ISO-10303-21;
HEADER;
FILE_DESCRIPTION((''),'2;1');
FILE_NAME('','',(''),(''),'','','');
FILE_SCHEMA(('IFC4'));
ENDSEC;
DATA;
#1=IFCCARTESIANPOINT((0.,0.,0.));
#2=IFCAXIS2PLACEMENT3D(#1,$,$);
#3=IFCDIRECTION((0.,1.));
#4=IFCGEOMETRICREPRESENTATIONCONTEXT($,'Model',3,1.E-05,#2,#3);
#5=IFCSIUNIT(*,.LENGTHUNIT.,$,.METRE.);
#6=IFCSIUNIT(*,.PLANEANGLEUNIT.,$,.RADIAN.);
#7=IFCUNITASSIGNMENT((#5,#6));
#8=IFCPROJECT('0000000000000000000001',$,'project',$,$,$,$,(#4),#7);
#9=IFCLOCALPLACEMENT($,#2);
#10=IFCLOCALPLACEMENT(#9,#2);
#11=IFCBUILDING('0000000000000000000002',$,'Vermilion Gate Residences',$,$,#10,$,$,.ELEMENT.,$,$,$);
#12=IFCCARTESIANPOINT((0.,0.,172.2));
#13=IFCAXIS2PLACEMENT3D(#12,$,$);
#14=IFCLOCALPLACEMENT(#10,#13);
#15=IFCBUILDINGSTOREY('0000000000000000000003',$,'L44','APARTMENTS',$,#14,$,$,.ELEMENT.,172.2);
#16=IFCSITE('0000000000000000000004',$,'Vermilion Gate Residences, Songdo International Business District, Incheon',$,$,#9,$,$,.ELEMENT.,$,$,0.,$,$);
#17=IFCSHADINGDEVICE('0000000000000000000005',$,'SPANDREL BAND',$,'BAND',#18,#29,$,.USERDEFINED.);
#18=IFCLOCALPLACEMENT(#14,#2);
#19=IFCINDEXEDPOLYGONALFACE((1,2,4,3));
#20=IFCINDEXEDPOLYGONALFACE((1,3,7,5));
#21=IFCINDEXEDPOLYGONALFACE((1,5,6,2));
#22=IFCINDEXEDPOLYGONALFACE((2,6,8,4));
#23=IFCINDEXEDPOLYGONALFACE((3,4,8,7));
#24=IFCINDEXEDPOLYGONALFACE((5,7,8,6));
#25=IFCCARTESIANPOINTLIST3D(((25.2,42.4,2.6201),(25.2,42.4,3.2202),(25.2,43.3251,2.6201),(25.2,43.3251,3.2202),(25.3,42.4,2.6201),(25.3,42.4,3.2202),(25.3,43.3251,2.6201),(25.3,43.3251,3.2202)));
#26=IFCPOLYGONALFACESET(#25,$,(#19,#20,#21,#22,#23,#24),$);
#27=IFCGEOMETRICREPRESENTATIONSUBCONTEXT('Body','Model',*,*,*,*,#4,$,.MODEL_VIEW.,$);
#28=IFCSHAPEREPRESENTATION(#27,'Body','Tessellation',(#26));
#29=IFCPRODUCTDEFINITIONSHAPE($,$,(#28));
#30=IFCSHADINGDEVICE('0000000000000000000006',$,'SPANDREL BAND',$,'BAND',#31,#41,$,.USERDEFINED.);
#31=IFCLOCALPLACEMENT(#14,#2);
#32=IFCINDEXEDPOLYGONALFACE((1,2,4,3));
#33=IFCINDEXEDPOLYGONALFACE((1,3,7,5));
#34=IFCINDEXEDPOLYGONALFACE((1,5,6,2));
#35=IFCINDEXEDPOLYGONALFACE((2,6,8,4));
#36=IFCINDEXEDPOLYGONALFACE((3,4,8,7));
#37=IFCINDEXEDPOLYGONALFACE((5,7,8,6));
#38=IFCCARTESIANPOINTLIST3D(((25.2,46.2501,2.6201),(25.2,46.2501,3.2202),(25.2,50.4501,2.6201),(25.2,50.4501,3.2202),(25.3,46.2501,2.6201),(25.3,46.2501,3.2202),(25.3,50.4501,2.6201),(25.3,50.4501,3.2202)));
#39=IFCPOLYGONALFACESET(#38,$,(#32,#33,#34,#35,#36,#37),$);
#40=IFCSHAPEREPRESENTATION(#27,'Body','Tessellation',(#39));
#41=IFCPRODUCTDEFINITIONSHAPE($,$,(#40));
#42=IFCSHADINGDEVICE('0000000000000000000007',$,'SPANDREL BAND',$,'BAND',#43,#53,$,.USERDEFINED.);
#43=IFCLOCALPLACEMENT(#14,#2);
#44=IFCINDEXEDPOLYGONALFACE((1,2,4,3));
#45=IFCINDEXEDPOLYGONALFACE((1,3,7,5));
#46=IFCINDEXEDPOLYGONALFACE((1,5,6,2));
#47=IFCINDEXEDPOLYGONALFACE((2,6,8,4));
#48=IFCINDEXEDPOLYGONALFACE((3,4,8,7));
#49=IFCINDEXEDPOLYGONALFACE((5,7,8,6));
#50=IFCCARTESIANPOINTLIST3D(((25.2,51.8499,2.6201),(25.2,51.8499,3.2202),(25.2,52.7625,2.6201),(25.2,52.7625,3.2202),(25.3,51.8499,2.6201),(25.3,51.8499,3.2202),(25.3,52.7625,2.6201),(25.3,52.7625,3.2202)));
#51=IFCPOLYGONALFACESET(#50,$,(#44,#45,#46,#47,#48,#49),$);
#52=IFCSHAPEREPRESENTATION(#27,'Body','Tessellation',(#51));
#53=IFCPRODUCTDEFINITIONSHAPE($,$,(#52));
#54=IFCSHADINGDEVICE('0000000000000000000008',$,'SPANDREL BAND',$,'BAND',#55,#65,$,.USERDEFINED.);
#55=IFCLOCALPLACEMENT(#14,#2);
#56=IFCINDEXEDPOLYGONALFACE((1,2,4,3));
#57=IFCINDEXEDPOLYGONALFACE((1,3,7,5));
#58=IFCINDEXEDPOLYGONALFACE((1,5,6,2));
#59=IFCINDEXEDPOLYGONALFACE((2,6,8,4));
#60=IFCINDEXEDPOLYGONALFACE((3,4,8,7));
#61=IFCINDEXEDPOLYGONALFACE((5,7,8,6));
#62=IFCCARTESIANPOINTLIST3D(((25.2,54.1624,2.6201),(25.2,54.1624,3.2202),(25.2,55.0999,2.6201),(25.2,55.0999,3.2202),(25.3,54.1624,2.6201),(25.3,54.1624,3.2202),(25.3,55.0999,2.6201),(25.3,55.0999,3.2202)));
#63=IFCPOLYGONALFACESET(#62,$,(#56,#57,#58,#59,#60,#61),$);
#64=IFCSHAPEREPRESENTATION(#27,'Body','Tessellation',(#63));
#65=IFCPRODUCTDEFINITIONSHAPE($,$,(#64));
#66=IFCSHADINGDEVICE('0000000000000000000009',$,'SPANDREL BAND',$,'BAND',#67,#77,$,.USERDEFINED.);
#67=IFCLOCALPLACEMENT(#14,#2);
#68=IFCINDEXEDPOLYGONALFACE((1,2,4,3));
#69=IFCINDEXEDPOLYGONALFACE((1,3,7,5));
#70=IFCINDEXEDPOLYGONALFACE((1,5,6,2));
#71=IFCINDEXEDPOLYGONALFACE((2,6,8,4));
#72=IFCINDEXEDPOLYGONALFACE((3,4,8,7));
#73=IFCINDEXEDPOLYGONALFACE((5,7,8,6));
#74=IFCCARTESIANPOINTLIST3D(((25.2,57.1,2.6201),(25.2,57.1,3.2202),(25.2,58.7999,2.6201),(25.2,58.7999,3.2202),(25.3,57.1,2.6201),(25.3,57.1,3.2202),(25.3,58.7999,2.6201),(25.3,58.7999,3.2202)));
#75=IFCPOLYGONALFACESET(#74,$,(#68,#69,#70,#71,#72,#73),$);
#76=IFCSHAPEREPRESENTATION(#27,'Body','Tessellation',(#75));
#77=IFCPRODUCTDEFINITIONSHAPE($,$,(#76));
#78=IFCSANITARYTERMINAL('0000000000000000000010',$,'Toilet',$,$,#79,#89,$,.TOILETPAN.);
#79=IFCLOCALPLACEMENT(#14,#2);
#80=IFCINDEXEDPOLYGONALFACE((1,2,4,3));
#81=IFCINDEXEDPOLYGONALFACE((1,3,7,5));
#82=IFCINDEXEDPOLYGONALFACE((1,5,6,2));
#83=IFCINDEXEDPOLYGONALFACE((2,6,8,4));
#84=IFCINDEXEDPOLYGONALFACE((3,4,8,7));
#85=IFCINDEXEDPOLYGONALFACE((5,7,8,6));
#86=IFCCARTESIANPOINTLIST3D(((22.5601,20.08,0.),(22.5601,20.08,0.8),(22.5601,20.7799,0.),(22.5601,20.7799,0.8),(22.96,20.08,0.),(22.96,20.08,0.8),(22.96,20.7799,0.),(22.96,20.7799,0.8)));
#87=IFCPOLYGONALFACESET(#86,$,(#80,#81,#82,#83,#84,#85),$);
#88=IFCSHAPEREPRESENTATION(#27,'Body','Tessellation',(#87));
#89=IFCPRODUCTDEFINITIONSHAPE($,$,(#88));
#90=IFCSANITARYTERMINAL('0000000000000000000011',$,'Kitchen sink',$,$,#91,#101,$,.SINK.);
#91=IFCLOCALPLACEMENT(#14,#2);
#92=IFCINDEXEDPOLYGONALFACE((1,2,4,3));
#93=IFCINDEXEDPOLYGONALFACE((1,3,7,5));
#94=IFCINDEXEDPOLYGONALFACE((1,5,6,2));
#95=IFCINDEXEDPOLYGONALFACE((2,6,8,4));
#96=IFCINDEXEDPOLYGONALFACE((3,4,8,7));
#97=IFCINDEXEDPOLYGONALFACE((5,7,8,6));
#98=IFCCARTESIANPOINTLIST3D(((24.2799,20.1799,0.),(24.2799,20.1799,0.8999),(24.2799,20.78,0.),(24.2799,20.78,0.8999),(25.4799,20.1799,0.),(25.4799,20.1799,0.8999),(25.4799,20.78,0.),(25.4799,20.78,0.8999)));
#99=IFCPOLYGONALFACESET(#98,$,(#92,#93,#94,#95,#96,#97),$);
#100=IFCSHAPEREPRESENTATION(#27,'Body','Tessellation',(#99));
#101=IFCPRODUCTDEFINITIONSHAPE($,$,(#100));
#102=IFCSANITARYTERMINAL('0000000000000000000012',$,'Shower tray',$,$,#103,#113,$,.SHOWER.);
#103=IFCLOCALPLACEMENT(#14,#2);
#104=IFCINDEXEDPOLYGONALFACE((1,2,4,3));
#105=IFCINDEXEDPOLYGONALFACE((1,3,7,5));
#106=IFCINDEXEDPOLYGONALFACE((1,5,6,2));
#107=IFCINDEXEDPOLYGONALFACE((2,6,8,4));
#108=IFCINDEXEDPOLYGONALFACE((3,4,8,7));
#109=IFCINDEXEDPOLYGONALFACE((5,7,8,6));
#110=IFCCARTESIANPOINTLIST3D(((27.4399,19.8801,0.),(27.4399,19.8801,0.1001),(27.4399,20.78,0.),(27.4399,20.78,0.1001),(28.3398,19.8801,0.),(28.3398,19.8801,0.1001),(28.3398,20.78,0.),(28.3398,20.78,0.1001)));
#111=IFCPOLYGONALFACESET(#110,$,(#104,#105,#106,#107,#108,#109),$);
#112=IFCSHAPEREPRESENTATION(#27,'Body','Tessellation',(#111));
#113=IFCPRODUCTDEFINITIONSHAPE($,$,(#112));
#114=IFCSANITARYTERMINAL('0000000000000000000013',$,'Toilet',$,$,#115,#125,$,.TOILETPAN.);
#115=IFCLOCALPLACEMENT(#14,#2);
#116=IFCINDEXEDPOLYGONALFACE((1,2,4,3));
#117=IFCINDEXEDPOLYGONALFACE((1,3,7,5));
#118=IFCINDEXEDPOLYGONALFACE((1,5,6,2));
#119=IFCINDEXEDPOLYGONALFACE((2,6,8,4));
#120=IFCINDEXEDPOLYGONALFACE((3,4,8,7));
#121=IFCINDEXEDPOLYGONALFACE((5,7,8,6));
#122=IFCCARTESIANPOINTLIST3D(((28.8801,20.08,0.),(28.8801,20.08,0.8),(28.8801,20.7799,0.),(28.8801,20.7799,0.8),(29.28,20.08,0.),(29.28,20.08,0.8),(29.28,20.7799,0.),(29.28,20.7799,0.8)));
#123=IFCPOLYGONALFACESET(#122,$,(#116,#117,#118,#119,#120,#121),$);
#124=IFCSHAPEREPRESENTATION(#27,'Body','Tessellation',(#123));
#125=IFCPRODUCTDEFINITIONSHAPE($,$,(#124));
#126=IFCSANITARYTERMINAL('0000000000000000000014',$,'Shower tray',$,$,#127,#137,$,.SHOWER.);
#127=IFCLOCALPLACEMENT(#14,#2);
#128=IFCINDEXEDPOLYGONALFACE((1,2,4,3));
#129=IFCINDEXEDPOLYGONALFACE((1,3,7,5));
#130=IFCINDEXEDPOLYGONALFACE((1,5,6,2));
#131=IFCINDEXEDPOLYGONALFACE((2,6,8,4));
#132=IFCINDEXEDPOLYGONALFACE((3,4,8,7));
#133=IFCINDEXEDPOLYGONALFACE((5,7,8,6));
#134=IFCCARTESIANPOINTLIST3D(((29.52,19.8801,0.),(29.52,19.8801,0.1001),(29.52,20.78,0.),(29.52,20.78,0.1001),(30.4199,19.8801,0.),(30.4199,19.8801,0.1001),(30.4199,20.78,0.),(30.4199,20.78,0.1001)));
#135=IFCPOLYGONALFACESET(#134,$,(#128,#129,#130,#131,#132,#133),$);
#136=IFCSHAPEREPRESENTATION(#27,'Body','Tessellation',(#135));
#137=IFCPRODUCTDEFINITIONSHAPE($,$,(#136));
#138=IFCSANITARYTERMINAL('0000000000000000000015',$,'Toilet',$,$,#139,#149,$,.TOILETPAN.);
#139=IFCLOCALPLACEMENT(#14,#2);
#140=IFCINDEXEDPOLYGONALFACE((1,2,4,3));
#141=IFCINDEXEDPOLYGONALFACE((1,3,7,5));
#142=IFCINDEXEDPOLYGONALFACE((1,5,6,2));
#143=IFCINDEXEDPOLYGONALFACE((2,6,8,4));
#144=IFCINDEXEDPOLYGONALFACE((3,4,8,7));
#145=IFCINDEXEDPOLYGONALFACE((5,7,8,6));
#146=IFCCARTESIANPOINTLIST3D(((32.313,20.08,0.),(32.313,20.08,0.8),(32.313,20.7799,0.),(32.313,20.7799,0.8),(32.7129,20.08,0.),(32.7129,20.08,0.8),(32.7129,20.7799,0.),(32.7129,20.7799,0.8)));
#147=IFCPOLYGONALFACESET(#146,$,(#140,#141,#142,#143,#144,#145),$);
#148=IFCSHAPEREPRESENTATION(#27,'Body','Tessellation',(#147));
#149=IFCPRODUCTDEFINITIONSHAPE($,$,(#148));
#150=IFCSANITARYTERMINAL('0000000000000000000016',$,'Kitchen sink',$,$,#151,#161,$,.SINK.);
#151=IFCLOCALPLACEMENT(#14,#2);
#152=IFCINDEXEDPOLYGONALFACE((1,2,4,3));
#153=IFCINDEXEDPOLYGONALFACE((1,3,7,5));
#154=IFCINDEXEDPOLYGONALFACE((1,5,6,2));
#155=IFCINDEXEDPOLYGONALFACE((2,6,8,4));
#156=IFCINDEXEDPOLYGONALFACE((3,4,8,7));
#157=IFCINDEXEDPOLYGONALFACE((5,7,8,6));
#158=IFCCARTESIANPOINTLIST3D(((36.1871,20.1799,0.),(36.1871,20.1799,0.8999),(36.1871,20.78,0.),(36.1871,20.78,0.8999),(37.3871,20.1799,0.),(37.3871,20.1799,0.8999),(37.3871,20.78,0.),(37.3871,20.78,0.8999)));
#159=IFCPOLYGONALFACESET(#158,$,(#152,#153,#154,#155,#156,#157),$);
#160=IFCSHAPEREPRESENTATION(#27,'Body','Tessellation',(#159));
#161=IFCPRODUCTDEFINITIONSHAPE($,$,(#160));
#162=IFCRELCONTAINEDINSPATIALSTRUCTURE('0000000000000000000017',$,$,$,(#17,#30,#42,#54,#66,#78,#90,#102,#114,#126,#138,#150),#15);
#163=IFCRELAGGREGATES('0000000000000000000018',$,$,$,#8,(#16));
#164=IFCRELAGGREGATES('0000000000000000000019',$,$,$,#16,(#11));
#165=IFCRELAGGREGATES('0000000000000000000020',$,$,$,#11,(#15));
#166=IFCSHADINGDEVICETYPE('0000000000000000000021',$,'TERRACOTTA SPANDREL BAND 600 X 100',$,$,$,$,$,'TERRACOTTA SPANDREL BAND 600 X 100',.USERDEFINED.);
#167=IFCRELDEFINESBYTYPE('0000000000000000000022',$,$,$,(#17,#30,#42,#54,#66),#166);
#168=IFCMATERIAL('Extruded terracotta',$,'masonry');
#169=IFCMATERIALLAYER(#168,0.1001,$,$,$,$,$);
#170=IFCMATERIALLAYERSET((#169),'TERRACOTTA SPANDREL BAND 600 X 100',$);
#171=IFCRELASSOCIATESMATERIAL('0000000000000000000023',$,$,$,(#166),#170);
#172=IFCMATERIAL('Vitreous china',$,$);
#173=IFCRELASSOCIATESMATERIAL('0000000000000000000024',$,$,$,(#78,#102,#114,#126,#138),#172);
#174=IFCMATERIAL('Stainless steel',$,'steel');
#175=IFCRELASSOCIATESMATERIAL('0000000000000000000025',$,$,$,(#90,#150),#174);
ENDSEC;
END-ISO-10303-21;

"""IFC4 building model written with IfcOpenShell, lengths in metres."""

from ifc_helpers import new_model, si_unit, direction, frame, origin, origin_2d, place, context, subcontext, project, spatial, rectangle, extrude, material, layer, layer_set, type_object, element, save


model = new_model("IFC4")

# Units and contexts
model_context = context("Model", 3, precision=1e-05, world=origin(), true_north=direction((0.0, 1.0)))
body_context = subcontext(model_context, "Body", "Model", "MODEL_VIEW")
ifc_project = project(units=[si_unit("LENGTHUNIT", "METRE"), si_unit("PLANEANGLEUNIT", "RADIAN")], contexts=[model_context])

# Site, building, storey
site_placement = place(None, origin())
site = spatial("IfcSite", under=ifc_project, at=site_placement, Name="Vermilion Gate Residences, Songdo International Business District, Incheon", CompositionType="ELEMENT", RefElevation=0.0)
building_placement = place(site_placement, origin())
building = spatial("IfcBuilding", under=site, at=building_placement, Name="Vermilion Gate Residences", CompositionType="ELEMENT")
storey_placement = place(building_placement, frame((0.0, 0.0, 172.2)))
storey = spatial("IfcBuildingStorey", under=building, at=storey_placement, Name="L44", Description="APARTMENTS", CompositionType="ELEMENT", Elevation=172.2)

# Shading devices
ifc_material_1 = material(Name="Extruded terracotta", Category="masonry")
ifc_layer_1 = layer(ifc_material_1, 0.1001)
ifc_layer_set_1 = layer_set([ifc_layer_1], Name="TERRACOTTA SPANDREL BAND 600 X 100")
shading_device_type_1 = type_object("IfcShadingDeviceType", Name="TERRACOTTA SPANDREL BAND 600 X 100", ElementType="TERRACOTTA SPANDREL BAND 600 X 100", PredefinedType="USERDEFINED", material=ifc_layer_set_1)
shading_device_1_placement = place(storey_placement, frame((25.25, 42.8625, 2.6201), z_axis=(0.0, 0.0, 1.0), x_axis=(0.0, 1.0, 0.0)))
element("IfcShadingDevice", 1, at=shading_device_1_placement, inside=storey, type_object=shading_device_type_1, Name="SPANDREL BAND", ObjectType="BAND", PredefinedType="USERDEFINED", context=body_context, shape_type="SweptSolid", body=[
    extrude(rectangle(XDim=0.925, YDim=0.1001, at=origin_2d()), origin(), (0.0, 0.0, 1.0), 0.6001),
])
shading_device_2_placement = place(storey_placement, frame((25.25, 48.3501, 2.6201), z_axis=(0.0, 0.0, 1.0), x_axis=(0.0, 1.0, 0.0)))
element("IfcShadingDevice", 2, at=shading_device_2_placement, inside=storey, type_object=shading_device_type_1, Name="SPANDREL BAND", ObjectType="BAND", PredefinedType="USERDEFINED", context=body_context, shape_type="SweptSolid", body=[
    extrude(rectangle(XDim=4.2, YDim=0.1001, at=origin_2d()), origin(), (0.0, 0.0, 1.0), 0.6001),
])
shading_device_3_placement = place(storey_placement, frame((25.25, 52.3062, 2.6201), z_axis=(0.0, 0.0, 1.0), x_axis=(0.0, 1.0, 0.0)))
element("IfcShadingDevice", 3, at=shading_device_3_placement, inside=storey, type_object=shading_device_type_1, Name="SPANDREL BAND", ObjectType="BAND", PredefinedType="USERDEFINED", context=body_context, shape_type="SweptSolid", body=[
    extrude(rectangle(XDim=0.9126, YDim=0.1001, at=origin_2d()), origin(), (0.0, 0.0, 1.0), 0.6001),
])
shading_device_4_placement = place(storey_placement, frame((25.25, 54.6311, 2.6201), z_axis=(0.0, 0.0, 1.0), x_axis=(0.0, 1.0, 0.0)))
element("IfcShadingDevice", 4, at=shading_device_4_placement, inside=storey, type_object=shading_device_type_1, Name="SPANDREL BAND", ObjectType="BAND", PredefinedType="USERDEFINED", context=body_context, shape_type="SweptSolid", body=[
    extrude(rectangle(XDim=0.9375, YDim=0.1001, at=origin_2d()), origin(), (0.0, 0.0, 1.0), 0.6001),
])
shading_device_5_placement = place(storey_placement, frame((25.25, 57.95, 2.6201), z_axis=(0.0, 0.0, 1.0), x_axis=(0.0, 1.0, 0.0)))
element("IfcShadingDevice", 5, at=shading_device_5_placement, inside=storey, type_object=shading_device_type_1, Name="SPANDREL BAND", ObjectType="BAND", PredefinedType="USERDEFINED", context=body_context, shape_type="SweptSolid", body=[
    extrude(rectangle(XDim=1.7, YDim=0.1001, at=origin_2d()), origin(), (0.0, 0.0, 1.0), 0.6001),
])

# Sanitary terminals
ifc_material_2 = material(Name="Vitreous china")
sanitary_terminal_1_placement = place(storey_placement, frame((22.76, 20.4299, 0.0), z_axis=(0.0, 0.0, 1.0), x_axis=(1.0, 0.0, 0.0)))
element("IfcSanitaryTerminal", 6, at=sanitary_terminal_1_placement, inside=storey, material=ifc_material_2, Name="Toilet", PredefinedType="TOILETPAN", context=body_context, shape_type="SweptSolid", body=[
    extrude(rectangle(XDim=0.3999, YDim=0.7, at=origin_2d()), origin(), (0.0, 0.0, 1.0), 0.8),
])
ifc_material_3 = material(Name="Stainless steel", Category="steel")
sanitary_terminal_2_placement = place(storey_placement, frame((24.8799, 20.48, 0.0), z_axis=(0.0, 0.0, 1.0), x_axis=(1.0, 0.0, 0.0)))
element("IfcSanitaryTerminal", 7, at=sanitary_terminal_2_placement, inside=storey, material=ifc_material_3, Name="Kitchen sink", PredefinedType="SINK", context=body_context, shape_type="SweptSolid", body=[
    extrude(rectangle(XDim=1.2, YDim=0.6001, at=origin_2d()), origin(), (0.0, 0.0, 1.0), 0.8999),
])
sanitary_terminal_3_placement = place(storey_placement, frame((27.8899, 20.3301, 0.0), z_axis=(0.0, 0.0, 1.0), x_axis=(1.0, 0.0, 0.0)))
element("IfcSanitaryTerminal", 8, at=sanitary_terminal_3_placement, inside=storey, material=ifc_material_2, Name="Shower tray", PredefinedType="SHOWER", context=body_context, shape_type="SweptSolid", body=[
    extrude(rectangle(XDim=0.8999, YDim=0.8999, at=origin_2d()), origin(), (0.0, 0.0, 1.0), 0.1001),
])
sanitary_terminal_4_placement = place(storey_placement, frame((29.0801, 20.4299, 0.0), z_axis=(0.0, 0.0, 1.0), x_axis=(1.0, 0.0, 0.0)))
element("IfcSanitaryTerminal", 9, at=sanitary_terminal_4_placement, inside=storey, material=ifc_material_2, Name="Toilet", PredefinedType="TOILETPAN", context=body_context, shape_type="SweptSolid", body=[
    extrude(rectangle(XDim=0.3999, YDim=0.7, at=origin_2d()), origin(), (0.0, 0.0, 1.0), 0.8),
])
sanitary_terminal_5_placement = place(storey_placement, frame((29.97, 20.3301, 0.0), z_axis=(0.0, 0.0, 1.0), x_axis=(1.0, 0.0, 0.0)))
element("IfcSanitaryTerminal", 10, at=sanitary_terminal_5_placement, inside=storey, material=ifc_material_2, Name="Shower tray", PredefinedType="SHOWER", context=body_context, shape_type="SweptSolid", body=[
    extrude(rectangle(XDim=0.8999, YDim=0.8999, at=origin_2d()), origin(), (0.0, 0.0, 1.0), 0.1001),
])
sanitary_terminal_6_placement = place(storey_placement, frame((32.5129, 20.4299, 0.0), z_axis=(0.0, 0.0, 1.0), x_axis=(1.0, 0.0, 0.0)))
element("IfcSanitaryTerminal", 11, at=sanitary_terminal_6_placement, inside=storey, material=ifc_material_2, Name="Toilet", PredefinedType="TOILETPAN", context=body_context, shape_type="SweptSolid", body=[
    extrude(rectangle(XDim=0.3999, YDim=0.7, at=origin_2d()), origin(), (0.0, 0.0, 1.0), 0.8),
])
sanitary_terminal_7_placement = place(storey_placement, frame((36.7871, 20.48, 0.0), z_axis=(0.0, 0.0, 1.0), x_axis=(1.0, 0.0, 0.0)))
element("IfcSanitaryTerminal", 12, at=sanitary_terminal_7_placement, inside=storey, material=ifc_material_3, Name="Kitchen sink", PredefinedType="SINK", context=body_context, shape_type="SweptSolid", body=[
    extrude(rectangle(XDim=1.2, YDim=0.6001, at=origin_2d()), origin(), (0.0, 0.0, 1.0), 0.8999),
])

save(model, "model.ifc")
